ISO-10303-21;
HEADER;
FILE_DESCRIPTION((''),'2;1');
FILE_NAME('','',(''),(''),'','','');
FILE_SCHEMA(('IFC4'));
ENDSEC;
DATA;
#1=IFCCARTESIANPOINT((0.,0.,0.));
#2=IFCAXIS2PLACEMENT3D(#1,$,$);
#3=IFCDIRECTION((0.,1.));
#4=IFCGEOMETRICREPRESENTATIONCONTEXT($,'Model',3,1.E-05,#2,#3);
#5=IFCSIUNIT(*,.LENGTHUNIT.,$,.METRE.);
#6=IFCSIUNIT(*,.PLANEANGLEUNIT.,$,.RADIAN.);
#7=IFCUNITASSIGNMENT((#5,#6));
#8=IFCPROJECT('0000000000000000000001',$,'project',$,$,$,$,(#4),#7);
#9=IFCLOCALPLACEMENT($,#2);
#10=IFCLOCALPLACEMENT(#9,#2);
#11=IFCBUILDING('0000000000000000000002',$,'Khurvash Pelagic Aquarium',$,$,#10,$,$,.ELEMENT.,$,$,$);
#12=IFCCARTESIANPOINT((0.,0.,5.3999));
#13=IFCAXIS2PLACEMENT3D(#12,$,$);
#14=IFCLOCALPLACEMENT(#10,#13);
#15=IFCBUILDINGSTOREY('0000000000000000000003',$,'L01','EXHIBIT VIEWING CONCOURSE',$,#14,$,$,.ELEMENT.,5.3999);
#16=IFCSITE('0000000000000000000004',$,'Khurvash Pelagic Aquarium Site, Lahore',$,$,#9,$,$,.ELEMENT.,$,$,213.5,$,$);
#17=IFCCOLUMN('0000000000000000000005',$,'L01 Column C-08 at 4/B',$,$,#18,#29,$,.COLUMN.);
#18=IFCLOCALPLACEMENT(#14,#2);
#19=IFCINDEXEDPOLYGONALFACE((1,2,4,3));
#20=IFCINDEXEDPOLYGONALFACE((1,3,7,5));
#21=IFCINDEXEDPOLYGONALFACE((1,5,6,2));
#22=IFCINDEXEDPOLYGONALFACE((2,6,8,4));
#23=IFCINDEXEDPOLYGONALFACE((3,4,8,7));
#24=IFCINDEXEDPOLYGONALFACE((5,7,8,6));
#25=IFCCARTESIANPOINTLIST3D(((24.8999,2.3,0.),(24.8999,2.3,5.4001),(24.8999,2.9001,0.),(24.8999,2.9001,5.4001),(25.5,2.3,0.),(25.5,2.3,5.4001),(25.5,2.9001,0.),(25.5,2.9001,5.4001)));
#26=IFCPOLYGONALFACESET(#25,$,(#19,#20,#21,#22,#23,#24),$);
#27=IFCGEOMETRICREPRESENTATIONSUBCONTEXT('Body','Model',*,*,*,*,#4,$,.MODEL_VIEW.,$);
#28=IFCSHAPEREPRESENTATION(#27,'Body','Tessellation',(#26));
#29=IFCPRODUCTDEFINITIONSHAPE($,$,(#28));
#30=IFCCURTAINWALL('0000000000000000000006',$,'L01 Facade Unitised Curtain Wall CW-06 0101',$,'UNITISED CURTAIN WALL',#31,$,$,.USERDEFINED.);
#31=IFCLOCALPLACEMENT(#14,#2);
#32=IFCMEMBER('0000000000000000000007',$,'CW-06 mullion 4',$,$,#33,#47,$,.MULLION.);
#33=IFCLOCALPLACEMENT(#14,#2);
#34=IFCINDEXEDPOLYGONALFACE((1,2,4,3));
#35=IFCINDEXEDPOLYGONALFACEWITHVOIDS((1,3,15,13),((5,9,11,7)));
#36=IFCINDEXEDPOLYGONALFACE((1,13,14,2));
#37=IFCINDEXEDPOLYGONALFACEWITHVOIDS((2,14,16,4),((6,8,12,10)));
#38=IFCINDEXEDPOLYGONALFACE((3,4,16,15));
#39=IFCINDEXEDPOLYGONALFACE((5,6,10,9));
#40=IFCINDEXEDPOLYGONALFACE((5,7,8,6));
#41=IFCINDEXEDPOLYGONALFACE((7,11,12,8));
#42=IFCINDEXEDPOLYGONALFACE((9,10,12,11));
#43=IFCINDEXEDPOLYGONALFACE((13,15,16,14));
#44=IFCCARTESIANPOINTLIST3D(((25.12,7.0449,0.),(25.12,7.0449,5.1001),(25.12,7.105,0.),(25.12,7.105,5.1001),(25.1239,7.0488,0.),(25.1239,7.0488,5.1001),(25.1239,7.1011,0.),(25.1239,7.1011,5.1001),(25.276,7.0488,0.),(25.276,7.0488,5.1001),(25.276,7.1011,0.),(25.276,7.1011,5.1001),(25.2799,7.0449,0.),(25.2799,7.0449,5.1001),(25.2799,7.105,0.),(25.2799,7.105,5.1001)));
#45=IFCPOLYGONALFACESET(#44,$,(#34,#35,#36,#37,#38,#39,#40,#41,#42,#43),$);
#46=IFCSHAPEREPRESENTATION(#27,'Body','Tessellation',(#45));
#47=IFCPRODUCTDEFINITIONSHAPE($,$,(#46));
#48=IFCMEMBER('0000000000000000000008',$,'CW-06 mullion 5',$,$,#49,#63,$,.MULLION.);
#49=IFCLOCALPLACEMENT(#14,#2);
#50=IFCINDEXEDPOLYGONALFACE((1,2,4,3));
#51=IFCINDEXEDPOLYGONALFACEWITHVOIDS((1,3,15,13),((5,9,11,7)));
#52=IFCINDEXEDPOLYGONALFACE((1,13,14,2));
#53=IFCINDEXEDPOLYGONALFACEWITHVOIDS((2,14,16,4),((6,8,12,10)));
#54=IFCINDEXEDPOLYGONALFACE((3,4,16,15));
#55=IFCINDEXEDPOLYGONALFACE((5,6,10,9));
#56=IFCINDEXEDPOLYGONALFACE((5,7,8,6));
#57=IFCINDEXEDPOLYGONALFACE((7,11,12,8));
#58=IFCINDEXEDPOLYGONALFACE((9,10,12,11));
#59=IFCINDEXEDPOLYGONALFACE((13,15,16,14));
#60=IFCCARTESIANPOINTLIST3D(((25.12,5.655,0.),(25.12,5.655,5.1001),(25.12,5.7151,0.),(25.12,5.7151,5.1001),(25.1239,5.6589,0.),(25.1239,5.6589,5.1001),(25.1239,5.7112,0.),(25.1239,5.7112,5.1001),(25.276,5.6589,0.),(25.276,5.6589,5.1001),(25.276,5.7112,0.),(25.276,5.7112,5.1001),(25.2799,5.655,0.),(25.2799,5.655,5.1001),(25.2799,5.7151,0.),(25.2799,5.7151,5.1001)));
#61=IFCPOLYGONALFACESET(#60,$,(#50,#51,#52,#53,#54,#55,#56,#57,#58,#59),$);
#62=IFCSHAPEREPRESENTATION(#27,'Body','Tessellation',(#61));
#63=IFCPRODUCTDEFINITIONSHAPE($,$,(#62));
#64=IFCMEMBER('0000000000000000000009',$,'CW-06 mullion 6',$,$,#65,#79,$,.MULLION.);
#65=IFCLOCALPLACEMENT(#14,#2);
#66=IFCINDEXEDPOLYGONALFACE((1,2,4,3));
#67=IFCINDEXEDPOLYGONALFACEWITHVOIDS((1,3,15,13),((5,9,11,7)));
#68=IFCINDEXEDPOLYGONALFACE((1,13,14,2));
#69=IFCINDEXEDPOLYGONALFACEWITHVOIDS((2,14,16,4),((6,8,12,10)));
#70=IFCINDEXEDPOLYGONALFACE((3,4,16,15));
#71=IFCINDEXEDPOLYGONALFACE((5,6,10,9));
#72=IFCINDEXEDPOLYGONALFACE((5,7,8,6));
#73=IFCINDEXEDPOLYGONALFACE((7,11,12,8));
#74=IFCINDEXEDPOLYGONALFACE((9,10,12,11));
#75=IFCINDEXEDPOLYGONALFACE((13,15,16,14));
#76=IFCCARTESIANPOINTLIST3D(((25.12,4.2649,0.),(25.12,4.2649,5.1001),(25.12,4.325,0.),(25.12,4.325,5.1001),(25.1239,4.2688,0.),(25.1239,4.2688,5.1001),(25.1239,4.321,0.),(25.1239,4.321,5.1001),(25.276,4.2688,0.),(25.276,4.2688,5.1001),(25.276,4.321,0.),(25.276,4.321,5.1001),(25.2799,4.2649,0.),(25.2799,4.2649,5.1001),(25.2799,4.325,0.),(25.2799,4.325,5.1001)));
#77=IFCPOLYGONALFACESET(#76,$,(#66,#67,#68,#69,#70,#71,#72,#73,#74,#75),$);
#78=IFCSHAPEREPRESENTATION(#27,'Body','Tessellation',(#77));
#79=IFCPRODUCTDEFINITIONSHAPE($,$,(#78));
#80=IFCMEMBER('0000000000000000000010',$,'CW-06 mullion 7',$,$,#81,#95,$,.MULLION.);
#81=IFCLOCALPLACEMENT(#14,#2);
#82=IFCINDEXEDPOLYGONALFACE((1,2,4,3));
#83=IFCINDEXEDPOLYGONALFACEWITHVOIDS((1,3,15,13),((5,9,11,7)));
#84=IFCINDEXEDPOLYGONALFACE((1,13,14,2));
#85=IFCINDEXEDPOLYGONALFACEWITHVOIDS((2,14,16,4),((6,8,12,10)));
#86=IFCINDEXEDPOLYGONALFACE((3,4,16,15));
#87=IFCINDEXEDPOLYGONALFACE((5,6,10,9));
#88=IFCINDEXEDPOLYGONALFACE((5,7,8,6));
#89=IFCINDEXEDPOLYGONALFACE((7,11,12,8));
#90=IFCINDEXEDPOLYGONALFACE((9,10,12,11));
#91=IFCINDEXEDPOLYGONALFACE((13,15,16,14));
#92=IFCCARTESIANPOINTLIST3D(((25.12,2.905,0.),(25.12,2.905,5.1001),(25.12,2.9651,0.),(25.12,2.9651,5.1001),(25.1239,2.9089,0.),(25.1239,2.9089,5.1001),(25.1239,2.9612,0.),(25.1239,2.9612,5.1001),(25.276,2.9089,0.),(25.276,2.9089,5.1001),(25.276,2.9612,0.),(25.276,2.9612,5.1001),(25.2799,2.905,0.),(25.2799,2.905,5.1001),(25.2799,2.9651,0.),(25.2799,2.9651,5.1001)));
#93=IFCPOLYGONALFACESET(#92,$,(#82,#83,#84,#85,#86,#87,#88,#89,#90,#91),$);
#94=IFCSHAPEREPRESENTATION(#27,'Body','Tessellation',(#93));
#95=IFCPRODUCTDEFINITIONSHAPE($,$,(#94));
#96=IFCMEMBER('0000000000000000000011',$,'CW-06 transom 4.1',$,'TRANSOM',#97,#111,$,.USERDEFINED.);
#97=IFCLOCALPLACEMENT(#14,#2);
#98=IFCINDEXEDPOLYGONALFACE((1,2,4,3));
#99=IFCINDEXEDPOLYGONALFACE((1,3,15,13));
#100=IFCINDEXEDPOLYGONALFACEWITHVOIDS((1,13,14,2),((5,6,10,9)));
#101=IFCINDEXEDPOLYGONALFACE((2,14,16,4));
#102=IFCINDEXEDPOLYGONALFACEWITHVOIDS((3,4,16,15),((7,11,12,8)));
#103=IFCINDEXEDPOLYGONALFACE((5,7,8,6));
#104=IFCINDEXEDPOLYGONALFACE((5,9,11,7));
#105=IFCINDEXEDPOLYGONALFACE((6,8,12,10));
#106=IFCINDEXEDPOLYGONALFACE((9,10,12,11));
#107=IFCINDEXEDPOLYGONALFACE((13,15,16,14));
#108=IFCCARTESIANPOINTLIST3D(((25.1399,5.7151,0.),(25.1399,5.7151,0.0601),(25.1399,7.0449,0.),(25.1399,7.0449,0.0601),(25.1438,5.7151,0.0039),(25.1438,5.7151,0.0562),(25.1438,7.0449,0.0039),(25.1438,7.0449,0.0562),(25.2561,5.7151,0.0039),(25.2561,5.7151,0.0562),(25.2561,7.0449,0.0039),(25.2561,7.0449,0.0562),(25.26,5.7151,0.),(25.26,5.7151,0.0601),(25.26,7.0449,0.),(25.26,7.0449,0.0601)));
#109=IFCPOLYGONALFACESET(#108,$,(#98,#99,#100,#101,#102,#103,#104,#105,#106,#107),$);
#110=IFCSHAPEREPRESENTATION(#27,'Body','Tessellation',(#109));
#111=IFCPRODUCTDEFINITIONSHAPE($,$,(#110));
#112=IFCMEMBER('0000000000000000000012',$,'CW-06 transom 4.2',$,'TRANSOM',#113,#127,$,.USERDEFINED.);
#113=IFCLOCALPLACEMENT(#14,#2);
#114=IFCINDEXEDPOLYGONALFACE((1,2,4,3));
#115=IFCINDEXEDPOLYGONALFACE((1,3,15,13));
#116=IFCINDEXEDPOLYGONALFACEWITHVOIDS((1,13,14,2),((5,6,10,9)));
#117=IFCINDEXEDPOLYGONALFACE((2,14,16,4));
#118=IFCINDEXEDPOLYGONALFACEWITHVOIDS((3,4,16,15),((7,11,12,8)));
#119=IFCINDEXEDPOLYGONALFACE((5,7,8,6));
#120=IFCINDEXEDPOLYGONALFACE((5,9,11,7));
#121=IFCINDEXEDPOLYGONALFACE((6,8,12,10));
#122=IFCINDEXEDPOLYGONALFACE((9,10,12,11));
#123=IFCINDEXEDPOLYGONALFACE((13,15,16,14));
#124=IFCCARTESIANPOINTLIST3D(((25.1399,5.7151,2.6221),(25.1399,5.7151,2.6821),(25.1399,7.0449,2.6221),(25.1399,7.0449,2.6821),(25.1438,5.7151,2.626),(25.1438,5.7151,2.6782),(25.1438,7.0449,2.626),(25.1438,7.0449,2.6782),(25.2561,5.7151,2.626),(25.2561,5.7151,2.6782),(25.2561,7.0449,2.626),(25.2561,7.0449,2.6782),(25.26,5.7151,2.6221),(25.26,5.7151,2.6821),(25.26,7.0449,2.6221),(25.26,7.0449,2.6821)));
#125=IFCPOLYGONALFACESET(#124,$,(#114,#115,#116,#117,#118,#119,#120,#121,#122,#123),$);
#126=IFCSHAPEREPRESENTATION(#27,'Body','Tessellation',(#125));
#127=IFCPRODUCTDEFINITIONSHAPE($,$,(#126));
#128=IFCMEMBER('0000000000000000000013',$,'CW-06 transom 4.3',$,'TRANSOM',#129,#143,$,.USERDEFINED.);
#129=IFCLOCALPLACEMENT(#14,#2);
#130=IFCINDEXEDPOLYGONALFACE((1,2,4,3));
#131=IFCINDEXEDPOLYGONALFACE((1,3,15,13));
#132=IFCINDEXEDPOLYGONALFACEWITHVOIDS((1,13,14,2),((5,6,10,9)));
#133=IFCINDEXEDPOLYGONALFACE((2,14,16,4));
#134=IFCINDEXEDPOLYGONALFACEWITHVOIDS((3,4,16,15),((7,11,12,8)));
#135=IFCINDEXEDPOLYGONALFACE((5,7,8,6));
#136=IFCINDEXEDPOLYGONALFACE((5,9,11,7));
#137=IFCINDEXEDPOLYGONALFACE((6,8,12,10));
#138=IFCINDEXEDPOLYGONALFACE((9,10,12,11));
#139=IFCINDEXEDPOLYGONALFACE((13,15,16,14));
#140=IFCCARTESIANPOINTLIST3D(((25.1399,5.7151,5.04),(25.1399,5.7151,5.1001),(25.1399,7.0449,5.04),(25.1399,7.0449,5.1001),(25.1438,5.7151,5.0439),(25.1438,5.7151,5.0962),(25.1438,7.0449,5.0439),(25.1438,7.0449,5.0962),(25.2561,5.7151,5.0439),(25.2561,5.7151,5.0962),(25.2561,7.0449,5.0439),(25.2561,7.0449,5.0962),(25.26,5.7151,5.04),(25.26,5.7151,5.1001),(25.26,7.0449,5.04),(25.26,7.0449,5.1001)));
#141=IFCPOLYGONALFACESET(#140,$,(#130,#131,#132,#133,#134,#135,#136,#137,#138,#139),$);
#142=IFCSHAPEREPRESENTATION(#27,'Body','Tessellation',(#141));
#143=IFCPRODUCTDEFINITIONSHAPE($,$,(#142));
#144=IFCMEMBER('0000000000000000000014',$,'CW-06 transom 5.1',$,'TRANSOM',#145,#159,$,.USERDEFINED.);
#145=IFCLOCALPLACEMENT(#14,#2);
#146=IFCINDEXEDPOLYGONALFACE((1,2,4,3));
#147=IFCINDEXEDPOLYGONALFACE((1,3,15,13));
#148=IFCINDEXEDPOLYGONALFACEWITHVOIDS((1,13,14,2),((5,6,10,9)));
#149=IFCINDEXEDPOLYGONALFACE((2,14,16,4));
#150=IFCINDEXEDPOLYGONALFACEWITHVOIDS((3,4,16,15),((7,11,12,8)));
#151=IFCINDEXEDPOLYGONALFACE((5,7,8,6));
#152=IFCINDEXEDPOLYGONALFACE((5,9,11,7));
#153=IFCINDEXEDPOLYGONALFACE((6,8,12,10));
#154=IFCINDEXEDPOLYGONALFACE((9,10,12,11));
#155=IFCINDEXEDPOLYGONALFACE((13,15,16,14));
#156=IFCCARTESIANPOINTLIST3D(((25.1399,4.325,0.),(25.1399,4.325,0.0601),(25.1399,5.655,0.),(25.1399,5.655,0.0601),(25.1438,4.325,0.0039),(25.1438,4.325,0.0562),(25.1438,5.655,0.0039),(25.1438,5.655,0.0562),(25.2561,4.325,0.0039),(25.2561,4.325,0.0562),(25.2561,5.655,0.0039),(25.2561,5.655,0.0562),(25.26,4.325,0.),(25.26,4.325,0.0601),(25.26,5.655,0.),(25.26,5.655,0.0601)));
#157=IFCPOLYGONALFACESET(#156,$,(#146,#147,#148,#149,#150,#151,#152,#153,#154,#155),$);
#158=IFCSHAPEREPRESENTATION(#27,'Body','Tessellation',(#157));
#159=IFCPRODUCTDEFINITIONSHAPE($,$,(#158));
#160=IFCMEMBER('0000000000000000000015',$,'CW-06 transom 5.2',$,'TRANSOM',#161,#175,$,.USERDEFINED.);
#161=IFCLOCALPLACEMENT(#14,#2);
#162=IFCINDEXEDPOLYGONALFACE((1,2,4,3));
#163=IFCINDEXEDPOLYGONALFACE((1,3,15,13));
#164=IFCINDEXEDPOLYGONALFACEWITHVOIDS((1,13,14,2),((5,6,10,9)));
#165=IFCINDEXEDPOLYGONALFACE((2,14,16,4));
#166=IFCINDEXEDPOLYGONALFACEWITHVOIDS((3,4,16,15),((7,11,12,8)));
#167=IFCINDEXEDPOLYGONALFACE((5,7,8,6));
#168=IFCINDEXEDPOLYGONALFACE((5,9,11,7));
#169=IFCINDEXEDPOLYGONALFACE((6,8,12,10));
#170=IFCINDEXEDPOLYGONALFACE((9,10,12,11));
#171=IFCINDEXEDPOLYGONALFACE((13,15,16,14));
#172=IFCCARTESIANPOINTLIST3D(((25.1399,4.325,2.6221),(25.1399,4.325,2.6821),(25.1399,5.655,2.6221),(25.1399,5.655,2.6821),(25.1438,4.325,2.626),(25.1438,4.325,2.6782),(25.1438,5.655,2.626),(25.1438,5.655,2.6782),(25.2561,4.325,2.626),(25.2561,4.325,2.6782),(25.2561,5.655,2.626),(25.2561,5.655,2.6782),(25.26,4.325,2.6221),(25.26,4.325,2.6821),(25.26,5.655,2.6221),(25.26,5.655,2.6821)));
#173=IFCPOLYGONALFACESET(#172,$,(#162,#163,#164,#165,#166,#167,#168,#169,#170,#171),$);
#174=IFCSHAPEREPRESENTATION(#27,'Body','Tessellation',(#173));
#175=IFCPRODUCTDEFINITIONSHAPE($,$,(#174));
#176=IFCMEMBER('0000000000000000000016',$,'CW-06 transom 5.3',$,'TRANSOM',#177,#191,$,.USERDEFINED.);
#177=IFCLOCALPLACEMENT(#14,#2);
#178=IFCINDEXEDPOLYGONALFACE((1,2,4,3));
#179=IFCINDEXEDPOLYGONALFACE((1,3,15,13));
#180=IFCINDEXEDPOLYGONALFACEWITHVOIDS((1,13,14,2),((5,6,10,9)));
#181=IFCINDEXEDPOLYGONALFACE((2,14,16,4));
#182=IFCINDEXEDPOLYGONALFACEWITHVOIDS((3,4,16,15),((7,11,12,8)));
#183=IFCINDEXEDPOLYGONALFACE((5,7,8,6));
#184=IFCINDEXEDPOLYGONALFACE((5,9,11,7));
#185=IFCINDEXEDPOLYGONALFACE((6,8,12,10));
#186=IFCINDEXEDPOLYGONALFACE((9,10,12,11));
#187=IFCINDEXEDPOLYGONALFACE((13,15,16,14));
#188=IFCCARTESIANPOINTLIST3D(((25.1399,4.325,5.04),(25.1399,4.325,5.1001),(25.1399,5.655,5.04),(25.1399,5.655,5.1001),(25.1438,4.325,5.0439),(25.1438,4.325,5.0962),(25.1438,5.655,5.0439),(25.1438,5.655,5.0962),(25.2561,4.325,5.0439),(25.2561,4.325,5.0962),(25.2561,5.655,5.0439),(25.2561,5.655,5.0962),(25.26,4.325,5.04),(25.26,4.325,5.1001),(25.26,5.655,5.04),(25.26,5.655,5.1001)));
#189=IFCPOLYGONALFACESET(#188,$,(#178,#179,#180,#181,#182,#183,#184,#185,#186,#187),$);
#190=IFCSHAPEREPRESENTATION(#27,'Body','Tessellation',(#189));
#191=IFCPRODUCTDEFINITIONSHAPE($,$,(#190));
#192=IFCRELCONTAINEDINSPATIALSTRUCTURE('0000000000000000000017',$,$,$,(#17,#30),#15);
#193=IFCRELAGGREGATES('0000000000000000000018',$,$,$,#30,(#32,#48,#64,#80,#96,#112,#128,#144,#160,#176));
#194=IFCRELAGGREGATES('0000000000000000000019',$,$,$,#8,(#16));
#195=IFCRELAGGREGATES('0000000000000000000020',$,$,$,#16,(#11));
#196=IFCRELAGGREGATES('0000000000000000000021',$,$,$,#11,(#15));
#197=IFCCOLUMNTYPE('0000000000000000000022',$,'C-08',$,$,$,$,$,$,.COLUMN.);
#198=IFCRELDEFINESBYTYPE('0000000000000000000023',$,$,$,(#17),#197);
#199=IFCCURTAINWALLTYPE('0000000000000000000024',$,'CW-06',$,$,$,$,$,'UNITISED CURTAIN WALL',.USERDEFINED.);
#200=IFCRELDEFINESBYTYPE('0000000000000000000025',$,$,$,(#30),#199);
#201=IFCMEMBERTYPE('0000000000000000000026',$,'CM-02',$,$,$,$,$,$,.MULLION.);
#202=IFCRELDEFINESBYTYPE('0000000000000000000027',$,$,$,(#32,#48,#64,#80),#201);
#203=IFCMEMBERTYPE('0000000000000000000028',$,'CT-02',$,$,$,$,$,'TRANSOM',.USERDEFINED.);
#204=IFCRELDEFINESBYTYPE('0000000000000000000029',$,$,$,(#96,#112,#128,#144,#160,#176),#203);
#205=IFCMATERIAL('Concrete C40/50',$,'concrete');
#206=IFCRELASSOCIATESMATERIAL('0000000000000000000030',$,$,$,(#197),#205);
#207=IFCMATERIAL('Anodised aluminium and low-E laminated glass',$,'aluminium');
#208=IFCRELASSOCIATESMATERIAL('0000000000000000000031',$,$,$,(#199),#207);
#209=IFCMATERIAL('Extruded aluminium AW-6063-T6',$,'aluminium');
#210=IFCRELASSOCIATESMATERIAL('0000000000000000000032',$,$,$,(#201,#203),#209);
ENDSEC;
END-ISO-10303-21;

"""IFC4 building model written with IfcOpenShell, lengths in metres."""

from ifc_helpers import new_model, si_unit, direction, frame, origin, origin_2d, place, context, subcontext, project, spatial, rectangle, hollow_rectangle, extrude, material, material_profile, profile_set, type_object, element, aggregate, save


model = new_model("IFC4")

# Units and contexts
model_context = context("Model", 3, precision=1e-05, world=origin(), true_north=direction((0.0, 1.0)))
body_context = subcontext(model_context, "Body", "Model", "MODEL_VIEW")
ifc_project = project(units=[si_unit("LENGTHUNIT", "METRE"), si_unit("PLANEANGLEUNIT", "RADIAN")], contexts=[model_context])

# Site, building, storey
site_placement = place(None, origin())
site = spatial("IfcSite", under=ifc_project, at=site_placement, Name="Khurvash Pelagic Aquarium Site, Lahore", CompositionType="ELEMENT", RefElevation=213.5)
building_placement = place(site_placement, origin())
building = spatial("IfcBuilding", under=site, at=building_placement, Name="Khurvash Pelagic Aquarium", CompositionType="ELEMENT")
storey_placement = place(building_placement, frame((0.0, 0.0, 5.3999)))
storey = spatial("IfcBuildingStorey", under=building, at=storey_placement, Name="L01", Description="EXHIBIT VIEWING CONCOURSE", CompositionType="ELEMENT", Elevation=5.3999)

# Column
ifc_material_1 = material(Name="Concrete C40/50", Category="concrete")
ifc_material_profile_1 = material_profile(ifc_material_1, rectangle(XDim=0.6001, YDim=0.6001, at=origin_2d()), Name="RC600X600")
ifc_profile_set_1 = profile_set([ifc_material_profile_1], Name="Concrete C40/50")
column_type = type_object("IfcColumnType", Name="C-08", PredefinedType="COLUMN", material=ifc_profile_set_1)
column_placement = place(storey_placement, frame((25.2, 2.6001, 0.0), z_axis=(0.0, 0.0, 1.0), x_axis=(1.0, 0.0, 0.0)))
element("IfcColumn", 1, at=column_placement, inside=storey, type_object=column_type, Name="L01 Column C-08 at 4/B", PredefinedType="COLUMN", context=body_context, shape_type="SweptSolid", body=[
    extrude(rectangle(XDim=0.6001, YDim=0.6001, at=origin_2d()), origin(), (0.0, 0.0, 1.0), 5.4001),
])

# Curtain wall, members
ifc_material_2 = material(Name="Anodised aluminium and low-E laminated glass", Category="aluminium")
curtain_wall_type = type_object("IfcCurtainWallType", Name="CW-06", ElementType="UNITISED CURTAIN WALL", PredefinedType="USERDEFINED", material=ifc_material_2)
curtain_wall_placement = place(storey_placement, origin())
curtain_wall = element("IfcCurtainWall", 2, at=curtain_wall_placement, inside=storey, type_object=curtain_wall_type, Name="L01 Facade Unitised Curtain Wall CW-06 0101", ObjectType="UNITISED CURTAIN WALL", PredefinedType="USERDEFINED")
ifc_material_3 = material(Name="Extruded aluminium AW-6063-T6", Category="aluminium")
ifc_material_profile_2 = material_profile(ifc_material_3, hollow_rectangle(XDim=0.0601, YDim=0.1599, WallThickness=0.0039, at=origin_2d()), Name="CWM60X160X4")
ifc_profile_set_2 = profile_set([ifc_material_profile_2], Name="Extruded aluminium AW-6063-T6")
member_type_1 = type_object("IfcMemberType", Name="CM-02", PredefinedType="MULLION", material=ifc_profile_set_2)
member_1_placement = place(storey_placement, frame((25.2, 7.075, 0.0), z_axis=(0.0, 0.0, 1.0), x_axis=(0.0, -1.0, 0.0)))
member_1 = element("IfcMember", 3, at=member_1_placement, type_object=member_type_1, Name="CW-06 mullion 4", PredefinedType="MULLION", context=body_context, shape_type="SweptSolid", body=[
    extrude(hollow_rectangle(XDim=0.0601, YDim=0.1599, WallThickness=0.0039, at=origin_2d()), origin(), (0.0, 0.0, 1.0), 5.1001),
])
member_2_placement = place(storey_placement, frame((25.2, 5.6851, 0.0), z_axis=(0.0, 0.0, 1.0), x_axis=(0.0, -1.0, 0.0)))
member_2 = element("IfcMember", 4, at=member_2_placement, type_object=member_type_1, Name="CW-06 mullion 5", PredefinedType="MULLION", context=body_context, shape_type="SweptSolid", body=[
    extrude(hollow_rectangle(XDim=0.0601, YDim=0.1599, WallThickness=0.0039, at=origin_2d()), origin(), (0.0, 0.0, 1.0), 5.1001),
])
member_3_placement = place(storey_placement, frame((25.2, 4.2949, 0.0), z_axis=(0.0, 0.0, 1.0), x_axis=(0.0, -1.0, 0.0)))
member_3 = element("IfcMember", 5, at=member_3_placement, type_object=member_type_1, Name="CW-06 mullion 6", PredefinedType="MULLION", context=body_context, shape_type="SweptSolid", body=[
    extrude(hollow_rectangle(XDim=0.0601, YDim=0.1599, WallThickness=0.0039, at=origin_2d()), origin(), (0.0, 0.0, 1.0), 5.1001),
])
member_4_placement = place(storey_placement, frame((25.2, 2.9351, 0.0), z_axis=(0.0, 0.0, 1.0), x_axis=(0.0, -1.0, 0.0)))
member_4 = element("IfcMember", 6, at=member_4_placement, type_object=member_type_1, Name="CW-06 mullion 7", PredefinedType="MULLION", context=body_context, shape_type="SweptSolid", body=[
    extrude(hollow_rectangle(XDim=0.0601, YDim=0.1599, WallThickness=0.0039, at=origin_2d()), origin(), (0.0, 0.0, 1.0), 5.1001),
])
ifc_material_profile_3 = material_profile(ifc_material_3, hollow_rectangle(XDim=0.1201, YDim=0.0601, WallThickness=0.0039, at=origin_2d()), Name="CWT120X60X4")
ifc_profile_set_3 = profile_set([ifc_material_profile_3], Name="Extruded aluminium AW-6063-T6")
member_type_2 = type_object("IfcMemberType", Name="CT-02", ElementType="TRANSOM", PredefinedType="USERDEFINED", material=ifc_profile_set_3)
member_5_placement = place(storey_placement, frame((25.2, 7.0449, 0.03), z_axis=(0.0, -1.0, 0.0), x_axis=(1.0, 0.0, 0.0)))
member_5 = element("IfcMember", 7, at=member_5_placement, type_object=member_type_2, Name="CW-06 transom 4.1", ObjectType="TRANSOM", PredefinedType="USERDEFINED", context=body_context, shape_type="SweptSolid", body=[
    extrude(hollow_rectangle(XDim=0.1201, YDim=0.0601, WallThickness=0.0039, at=origin_2d()), origin(), (0.0, 0.0, 1.0), 1.3298),
])
member_6_placement = place(storey_placement, frame((25.2, 7.0449, 2.6521), z_axis=(0.0, -1.0, 0.0), x_axis=(1.0, 0.0, 0.0)))
member_6 = element("IfcMember", 8, at=member_6_placement, type_object=member_type_2, Name="CW-06 transom 4.2", ObjectType="TRANSOM", PredefinedType="USERDEFINED", context=body_context, shape_type="SweptSolid", body=[
    extrude(hollow_rectangle(XDim=0.1201, YDim=0.0601, WallThickness=0.0039, at=origin_2d()), origin(), (0.0, 0.0, 1.0), 1.3298),
])
member_7_placement = place(storey_placement, frame((25.2, 7.0449, 5.0701), z_axis=(0.0, -1.0, 0.0), x_axis=(1.0, 0.0, 0.0)))
member_7 = element("IfcMember", 9, at=member_7_placement, type_object=member_type_2, Name="CW-06 transom 4.3", ObjectType="TRANSOM", PredefinedType="USERDEFINED", context=body_context, shape_type="SweptSolid", body=[
    extrude(hollow_rectangle(XDim=0.1201, YDim=0.0601, WallThickness=0.0039, at=origin_2d()), origin(), (0.0, 0.0, 1.0), 1.3298),
])
member_8_placement = place(storey_placement, frame((25.2, 5.655, 0.03), z_axis=(0.0, -1.0, 0.0), x_axis=(1.0, 0.0, 0.0)))
member_8 = element("IfcMember", 10, at=member_8_placement, type_object=member_type_2, Name="CW-06 transom 5.1", ObjectType="TRANSOM", PredefinedType="USERDEFINED", context=body_context, shape_type="SweptSolid", body=[
    extrude(hollow_rectangle(XDim=0.1201, YDim=0.0601, WallThickness=0.0039, at=origin_2d()), origin(), (0.0, 0.0, 1.0), 1.3301),
])
member_9_placement = place(storey_placement, frame((25.2, 5.655, 2.6521), z_axis=(0.0, -1.0, 0.0), x_axis=(1.0, 0.0, 0.0)))
member_9 = element("IfcMember", 11, at=member_9_placement, type_object=member_type_2, Name="CW-06 transom 5.2", ObjectType="TRANSOM", PredefinedType="USERDEFINED", context=body_context, shape_type="SweptSolid", body=[
    extrude(hollow_rectangle(XDim=0.1201, YDim=0.0601, WallThickness=0.0039, at=origin_2d()), origin(), (0.0, 0.0, 1.0), 1.3301),
])
member_10_placement = place(storey_placement, frame((25.2, 5.655, 5.0701), z_axis=(0.0, -1.0, 0.0), x_axis=(1.0, 0.0, 0.0)))
member_10 = element("IfcMember", 12, at=member_10_placement, type_object=member_type_2, Name="CW-06 transom 5.3", ObjectType="TRANSOM", PredefinedType="USERDEFINED", context=body_context, shape_type="SweptSolid", body=[
    extrude(hollow_rectangle(XDim=0.1201, YDim=0.0601, WallThickness=0.0039, at=origin_2d()), origin(), (0.0, 0.0, 1.0), 1.3301),
])

aggregate(curtain_wall, [member_1, member_2, member_3, member_4, member_5, member_6, member_7, member_8, member_9, member_10])

save(model, "model.ifc")
